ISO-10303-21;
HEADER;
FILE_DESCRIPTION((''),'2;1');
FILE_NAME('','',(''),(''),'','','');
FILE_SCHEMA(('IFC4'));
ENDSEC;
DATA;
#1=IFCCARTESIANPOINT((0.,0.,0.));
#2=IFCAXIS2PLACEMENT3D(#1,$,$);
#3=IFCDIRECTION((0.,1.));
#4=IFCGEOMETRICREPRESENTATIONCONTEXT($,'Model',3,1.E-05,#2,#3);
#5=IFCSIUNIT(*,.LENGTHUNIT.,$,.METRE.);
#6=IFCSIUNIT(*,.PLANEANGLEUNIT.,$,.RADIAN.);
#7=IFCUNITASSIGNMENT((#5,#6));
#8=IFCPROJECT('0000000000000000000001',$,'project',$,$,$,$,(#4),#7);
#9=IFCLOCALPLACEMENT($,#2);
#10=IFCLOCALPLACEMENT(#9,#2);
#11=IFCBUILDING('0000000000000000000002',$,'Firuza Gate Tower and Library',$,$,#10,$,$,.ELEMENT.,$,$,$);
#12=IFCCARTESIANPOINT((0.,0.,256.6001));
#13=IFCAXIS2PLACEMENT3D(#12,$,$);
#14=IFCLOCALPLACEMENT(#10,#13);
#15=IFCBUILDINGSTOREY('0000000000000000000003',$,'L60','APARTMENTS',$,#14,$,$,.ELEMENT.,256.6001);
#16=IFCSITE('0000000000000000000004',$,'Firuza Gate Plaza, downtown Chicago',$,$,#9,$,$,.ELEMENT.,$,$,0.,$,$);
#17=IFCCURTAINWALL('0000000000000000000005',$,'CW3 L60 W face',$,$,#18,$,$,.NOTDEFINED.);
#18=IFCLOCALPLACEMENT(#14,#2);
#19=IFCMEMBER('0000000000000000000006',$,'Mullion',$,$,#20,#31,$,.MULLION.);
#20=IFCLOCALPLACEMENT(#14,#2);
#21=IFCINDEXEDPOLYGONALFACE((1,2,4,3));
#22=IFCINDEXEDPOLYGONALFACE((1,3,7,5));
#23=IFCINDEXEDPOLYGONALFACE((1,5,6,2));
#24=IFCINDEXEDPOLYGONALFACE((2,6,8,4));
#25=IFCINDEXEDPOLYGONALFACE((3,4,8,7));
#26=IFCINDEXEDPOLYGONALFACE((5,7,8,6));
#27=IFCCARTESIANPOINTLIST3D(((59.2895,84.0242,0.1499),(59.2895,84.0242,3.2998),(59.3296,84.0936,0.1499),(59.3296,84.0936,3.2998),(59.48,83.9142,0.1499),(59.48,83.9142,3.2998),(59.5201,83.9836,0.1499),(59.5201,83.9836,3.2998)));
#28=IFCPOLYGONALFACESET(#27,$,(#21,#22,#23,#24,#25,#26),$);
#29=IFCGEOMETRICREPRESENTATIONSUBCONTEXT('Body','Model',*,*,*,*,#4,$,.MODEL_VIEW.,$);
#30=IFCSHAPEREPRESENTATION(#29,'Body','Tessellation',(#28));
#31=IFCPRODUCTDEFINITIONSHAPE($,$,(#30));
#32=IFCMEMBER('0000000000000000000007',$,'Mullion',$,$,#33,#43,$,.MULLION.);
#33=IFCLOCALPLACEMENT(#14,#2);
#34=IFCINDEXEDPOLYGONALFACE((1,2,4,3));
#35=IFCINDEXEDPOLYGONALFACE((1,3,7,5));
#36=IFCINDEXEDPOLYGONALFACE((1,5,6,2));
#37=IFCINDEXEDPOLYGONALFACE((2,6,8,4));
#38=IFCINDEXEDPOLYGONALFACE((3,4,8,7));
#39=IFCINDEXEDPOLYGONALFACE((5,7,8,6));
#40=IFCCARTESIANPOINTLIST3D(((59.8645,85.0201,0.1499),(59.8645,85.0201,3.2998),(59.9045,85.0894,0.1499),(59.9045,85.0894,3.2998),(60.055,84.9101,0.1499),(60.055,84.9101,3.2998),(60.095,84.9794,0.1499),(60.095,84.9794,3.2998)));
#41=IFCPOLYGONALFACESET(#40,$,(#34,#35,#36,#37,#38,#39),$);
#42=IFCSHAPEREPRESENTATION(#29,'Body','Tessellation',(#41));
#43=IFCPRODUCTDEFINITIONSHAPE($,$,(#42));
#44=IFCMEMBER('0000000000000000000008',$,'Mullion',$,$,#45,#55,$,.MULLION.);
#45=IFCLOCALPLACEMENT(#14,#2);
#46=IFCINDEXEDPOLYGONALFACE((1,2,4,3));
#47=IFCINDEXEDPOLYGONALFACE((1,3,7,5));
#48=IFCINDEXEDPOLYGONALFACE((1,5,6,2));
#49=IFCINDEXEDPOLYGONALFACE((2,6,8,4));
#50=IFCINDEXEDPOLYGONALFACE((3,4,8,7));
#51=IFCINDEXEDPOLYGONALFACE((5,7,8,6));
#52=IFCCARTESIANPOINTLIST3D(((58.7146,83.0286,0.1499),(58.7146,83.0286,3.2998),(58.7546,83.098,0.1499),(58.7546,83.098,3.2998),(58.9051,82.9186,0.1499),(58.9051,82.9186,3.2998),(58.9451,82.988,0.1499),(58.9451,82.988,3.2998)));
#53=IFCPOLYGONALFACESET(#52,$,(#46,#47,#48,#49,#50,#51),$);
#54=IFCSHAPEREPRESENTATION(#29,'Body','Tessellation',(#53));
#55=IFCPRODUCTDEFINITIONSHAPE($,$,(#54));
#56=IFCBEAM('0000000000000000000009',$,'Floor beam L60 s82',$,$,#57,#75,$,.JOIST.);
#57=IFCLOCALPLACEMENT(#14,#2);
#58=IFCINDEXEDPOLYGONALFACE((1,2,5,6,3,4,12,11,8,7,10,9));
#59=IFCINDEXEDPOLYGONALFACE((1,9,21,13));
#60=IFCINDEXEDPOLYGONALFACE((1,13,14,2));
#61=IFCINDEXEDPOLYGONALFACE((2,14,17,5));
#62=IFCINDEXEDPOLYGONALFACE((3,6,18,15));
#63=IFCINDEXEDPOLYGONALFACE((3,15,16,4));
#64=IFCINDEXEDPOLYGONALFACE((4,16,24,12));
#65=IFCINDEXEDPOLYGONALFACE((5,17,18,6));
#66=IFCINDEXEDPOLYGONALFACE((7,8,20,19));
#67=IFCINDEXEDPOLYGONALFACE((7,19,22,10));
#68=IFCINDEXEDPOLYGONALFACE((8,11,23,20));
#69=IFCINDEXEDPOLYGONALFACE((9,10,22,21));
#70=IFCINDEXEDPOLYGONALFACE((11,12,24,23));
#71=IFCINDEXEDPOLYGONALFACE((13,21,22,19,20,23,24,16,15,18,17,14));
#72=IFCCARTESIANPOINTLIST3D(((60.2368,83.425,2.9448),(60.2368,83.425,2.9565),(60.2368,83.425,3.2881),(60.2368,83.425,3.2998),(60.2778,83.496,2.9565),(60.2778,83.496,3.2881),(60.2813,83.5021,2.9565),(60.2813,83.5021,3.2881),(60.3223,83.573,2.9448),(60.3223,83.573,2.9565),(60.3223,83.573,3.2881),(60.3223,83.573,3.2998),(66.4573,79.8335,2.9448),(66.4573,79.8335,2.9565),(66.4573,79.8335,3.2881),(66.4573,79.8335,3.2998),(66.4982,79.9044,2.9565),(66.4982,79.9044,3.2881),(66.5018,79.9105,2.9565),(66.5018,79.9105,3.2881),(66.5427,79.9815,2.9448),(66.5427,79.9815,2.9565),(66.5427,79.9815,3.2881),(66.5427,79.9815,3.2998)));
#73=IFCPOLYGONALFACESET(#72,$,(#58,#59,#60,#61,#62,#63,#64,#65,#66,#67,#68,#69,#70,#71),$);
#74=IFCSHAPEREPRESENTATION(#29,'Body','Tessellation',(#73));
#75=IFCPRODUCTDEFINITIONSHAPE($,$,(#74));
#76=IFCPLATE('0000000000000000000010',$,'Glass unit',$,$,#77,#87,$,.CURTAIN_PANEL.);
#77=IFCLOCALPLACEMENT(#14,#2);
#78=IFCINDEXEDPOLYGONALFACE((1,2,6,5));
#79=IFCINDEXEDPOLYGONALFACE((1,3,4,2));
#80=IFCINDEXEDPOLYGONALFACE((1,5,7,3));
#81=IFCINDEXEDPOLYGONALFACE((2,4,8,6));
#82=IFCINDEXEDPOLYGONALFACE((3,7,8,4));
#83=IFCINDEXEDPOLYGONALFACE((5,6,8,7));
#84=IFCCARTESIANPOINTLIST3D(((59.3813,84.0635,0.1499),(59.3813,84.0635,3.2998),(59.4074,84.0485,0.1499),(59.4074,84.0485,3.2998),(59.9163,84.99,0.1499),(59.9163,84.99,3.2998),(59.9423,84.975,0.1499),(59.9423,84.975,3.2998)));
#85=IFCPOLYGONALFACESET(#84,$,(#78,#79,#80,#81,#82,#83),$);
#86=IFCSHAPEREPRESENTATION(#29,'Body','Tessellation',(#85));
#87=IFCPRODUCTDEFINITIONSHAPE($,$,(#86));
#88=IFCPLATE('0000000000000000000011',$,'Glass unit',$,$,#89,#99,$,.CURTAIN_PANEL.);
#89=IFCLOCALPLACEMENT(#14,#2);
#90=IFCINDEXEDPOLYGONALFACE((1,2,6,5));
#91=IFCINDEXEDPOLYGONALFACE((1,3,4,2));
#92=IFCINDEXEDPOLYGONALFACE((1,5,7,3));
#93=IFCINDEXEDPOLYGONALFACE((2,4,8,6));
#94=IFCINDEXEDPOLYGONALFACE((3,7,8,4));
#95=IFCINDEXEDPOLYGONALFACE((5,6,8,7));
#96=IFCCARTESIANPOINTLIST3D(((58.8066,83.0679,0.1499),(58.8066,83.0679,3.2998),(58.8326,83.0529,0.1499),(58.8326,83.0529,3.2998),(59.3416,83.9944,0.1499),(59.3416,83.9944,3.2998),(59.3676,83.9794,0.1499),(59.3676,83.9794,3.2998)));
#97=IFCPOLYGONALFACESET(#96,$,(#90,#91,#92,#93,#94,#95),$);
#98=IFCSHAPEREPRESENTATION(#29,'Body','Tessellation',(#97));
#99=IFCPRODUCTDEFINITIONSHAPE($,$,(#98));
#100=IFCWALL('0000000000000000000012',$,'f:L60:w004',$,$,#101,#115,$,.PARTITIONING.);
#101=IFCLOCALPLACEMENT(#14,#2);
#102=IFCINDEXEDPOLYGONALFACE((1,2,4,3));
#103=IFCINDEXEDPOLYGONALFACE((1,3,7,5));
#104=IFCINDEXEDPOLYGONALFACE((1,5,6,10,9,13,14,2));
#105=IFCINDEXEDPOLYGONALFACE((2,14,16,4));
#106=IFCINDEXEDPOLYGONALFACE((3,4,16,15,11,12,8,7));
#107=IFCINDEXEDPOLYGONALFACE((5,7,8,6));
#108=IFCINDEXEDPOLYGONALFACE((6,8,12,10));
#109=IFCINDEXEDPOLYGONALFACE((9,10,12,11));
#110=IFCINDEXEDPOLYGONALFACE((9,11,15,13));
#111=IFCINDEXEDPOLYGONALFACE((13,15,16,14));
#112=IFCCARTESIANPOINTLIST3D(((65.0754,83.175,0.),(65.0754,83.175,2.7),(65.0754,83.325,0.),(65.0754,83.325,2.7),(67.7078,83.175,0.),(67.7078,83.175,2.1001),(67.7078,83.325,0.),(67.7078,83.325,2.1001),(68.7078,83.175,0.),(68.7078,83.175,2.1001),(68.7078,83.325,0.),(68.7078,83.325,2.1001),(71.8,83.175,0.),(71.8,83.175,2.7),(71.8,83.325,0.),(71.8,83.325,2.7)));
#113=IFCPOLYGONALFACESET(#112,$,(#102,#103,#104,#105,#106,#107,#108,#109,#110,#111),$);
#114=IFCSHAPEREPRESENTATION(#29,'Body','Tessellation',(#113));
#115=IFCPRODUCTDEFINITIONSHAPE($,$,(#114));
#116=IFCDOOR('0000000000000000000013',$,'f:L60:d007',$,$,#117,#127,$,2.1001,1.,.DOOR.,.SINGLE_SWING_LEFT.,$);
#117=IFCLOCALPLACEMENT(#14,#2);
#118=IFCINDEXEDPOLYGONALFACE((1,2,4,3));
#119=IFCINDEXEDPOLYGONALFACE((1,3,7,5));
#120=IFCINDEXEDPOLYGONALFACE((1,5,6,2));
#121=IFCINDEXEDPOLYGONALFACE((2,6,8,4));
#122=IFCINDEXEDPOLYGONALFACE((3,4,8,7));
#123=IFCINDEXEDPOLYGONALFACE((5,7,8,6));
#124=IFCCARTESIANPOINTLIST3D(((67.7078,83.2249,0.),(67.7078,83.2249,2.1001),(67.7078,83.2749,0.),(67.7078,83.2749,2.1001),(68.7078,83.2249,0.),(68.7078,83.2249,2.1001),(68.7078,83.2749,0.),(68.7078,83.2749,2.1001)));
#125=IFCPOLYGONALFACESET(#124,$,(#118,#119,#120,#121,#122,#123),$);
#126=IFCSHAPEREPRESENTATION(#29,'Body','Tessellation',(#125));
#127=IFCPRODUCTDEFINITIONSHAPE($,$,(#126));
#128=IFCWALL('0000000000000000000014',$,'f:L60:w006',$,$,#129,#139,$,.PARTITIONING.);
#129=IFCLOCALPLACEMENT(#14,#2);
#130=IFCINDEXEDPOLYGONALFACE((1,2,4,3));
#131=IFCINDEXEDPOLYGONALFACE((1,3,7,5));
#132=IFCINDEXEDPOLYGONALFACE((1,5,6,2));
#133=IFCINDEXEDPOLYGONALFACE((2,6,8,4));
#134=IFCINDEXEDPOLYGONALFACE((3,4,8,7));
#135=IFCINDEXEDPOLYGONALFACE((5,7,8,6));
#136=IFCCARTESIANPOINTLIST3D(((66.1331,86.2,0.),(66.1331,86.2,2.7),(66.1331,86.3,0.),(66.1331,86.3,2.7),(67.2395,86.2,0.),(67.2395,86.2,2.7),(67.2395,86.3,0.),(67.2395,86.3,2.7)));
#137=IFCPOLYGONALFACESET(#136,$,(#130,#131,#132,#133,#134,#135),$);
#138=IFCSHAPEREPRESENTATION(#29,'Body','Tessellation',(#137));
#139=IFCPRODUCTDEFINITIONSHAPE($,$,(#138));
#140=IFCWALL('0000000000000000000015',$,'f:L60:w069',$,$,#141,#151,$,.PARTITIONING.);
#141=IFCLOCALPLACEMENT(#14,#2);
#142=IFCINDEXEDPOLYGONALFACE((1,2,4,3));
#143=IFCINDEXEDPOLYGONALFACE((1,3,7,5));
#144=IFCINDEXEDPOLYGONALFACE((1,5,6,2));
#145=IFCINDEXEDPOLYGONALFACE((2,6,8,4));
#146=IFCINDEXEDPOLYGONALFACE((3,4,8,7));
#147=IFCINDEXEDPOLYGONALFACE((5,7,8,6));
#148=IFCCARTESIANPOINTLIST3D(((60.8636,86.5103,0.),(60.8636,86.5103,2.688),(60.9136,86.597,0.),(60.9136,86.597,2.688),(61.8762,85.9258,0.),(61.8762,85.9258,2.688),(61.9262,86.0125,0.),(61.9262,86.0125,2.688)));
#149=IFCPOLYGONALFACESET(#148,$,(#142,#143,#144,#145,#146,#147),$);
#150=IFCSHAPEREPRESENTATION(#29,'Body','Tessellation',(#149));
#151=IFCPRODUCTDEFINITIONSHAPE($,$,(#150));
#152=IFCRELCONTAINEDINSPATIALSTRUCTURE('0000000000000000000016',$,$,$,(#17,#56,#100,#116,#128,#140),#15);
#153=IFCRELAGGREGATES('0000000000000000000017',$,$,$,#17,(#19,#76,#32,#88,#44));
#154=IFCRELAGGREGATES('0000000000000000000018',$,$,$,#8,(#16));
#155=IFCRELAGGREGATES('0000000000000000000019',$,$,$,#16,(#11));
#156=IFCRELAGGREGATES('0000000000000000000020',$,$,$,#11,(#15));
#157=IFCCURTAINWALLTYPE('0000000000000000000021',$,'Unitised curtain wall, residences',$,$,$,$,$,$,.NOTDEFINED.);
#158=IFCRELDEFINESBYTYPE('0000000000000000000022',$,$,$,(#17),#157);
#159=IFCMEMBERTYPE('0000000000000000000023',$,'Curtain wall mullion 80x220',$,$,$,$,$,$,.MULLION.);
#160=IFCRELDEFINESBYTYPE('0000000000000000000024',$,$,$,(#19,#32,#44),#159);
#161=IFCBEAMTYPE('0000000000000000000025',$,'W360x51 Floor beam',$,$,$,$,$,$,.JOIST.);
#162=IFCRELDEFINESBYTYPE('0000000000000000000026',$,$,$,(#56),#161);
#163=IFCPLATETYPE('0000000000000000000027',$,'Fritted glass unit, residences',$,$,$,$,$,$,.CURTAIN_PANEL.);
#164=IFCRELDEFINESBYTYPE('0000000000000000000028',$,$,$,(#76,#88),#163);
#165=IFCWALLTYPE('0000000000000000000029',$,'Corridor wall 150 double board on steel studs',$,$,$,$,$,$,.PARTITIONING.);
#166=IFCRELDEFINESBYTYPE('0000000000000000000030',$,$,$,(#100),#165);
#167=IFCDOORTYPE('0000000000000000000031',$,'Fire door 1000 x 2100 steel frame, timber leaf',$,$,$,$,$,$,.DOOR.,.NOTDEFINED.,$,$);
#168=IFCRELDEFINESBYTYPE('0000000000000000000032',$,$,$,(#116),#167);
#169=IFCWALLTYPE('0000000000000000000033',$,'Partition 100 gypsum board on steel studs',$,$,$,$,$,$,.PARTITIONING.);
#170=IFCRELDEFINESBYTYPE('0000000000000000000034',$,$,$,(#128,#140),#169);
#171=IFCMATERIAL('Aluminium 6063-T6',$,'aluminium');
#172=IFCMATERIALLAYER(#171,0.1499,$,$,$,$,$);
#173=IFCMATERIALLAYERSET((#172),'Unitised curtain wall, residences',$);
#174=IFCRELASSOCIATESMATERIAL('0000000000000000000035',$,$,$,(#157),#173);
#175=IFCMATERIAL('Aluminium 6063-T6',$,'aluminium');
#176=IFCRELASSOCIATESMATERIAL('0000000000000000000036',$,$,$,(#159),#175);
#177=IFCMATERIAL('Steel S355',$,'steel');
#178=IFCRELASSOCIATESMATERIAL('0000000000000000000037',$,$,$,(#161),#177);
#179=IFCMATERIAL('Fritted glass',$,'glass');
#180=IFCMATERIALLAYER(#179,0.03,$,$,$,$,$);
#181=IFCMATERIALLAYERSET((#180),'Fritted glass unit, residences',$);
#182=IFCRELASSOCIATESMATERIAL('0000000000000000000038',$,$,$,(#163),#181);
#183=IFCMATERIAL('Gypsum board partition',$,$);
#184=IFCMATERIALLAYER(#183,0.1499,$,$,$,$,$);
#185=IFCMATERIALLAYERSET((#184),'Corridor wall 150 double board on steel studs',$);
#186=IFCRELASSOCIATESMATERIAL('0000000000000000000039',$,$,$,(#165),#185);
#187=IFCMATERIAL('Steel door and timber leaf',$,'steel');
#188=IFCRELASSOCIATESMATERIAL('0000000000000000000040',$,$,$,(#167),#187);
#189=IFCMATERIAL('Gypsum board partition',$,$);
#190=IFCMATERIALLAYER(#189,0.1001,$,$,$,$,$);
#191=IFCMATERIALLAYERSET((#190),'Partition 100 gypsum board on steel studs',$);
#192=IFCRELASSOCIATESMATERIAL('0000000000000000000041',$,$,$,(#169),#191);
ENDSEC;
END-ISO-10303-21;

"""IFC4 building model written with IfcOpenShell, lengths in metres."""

from ifc_helpers import new_model, si_unit, direction, frame, frame_2d, origin, origin_2d, place, context, subcontext, project, spatial, polyline, rectangle, i_section, outline, extrude, material, layer, layer_set, material_profile, profile_set, type_object, element, fill, aggregate, save


model = new_model("IFC4")

# Units and contexts
model_context = context("Model", 3, precision=1e-05, world=origin(), true_north=direction((0.0, 1.0)))
body_context = subcontext(model_context, "Body", "Model", "MODEL_VIEW")
ifc_project = project(units=[si_unit("LENGTHUNIT", "METRE"), si_unit("PLANEANGLEUNIT", "RADIAN")], contexts=[model_context])

# Site, building, storey
site_placement = place(None, origin())
site = spatial("IfcSite", under=ifc_project, at=site_placement, Name="Firuza Gate Plaza, downtown Chicago", CompositionType="ELEMENT", RefElevation=0.0)
building_placement = place(site_placement, origin())
building = spatial("IfcBuilding", under=site, at=building_placement, Name="Firuza Gate Tower and Library", CompositionType="ELEMENT")
storey_placement = place(building_placement, frame((0.0, 0.0, 256.6001)))
storey = spatial("IfcBuildingStorey", under=building, at=storey_placement, Name="L60", Description="APARTMENTS", CompositionType="ELEMENT", Elevation=256.6001)

# Curtain wall, members
ifc_material_1 = material(Name="Aluminium 6063-T6", Category="aluminium")
ifc_layer_1 = layer(ifc_material_1, 0.1499)
ifc_layer_set_1 = layer_set([ifc_layer_1], Name="Unitised curtain wall, residences")
curtain_wall_type = type_object("IfcCurtainWallType", Name="Unitised curtain wall, residences", PredefinedType="NOTDEFINED", material=ifc_layer_set_1)
curtain_wall_placement = place(storey_placement, origin())
curtain_wall = element("IfcCurtainWall", 1, at=curtain_wall_placement, inside=storey, type_object=curtain_wall_type, Name="CW3 L60 W face", PredefinedType="NOTDEFINED")
ifc_material_2 = material(Name="Aluminium 6063-T6", Category="aluminium")
ifc_material_profile_1 = material_profile(ifc_material_2, rectangle(XDim=0.22, YDim=0.0801, at=origin_2d()))
ifc_profile_set_1 = profile_set([ifc_material_profile_1], Name="Aluminium 6063-T6")
member_type = type_object("IfcMemberType", Name="Curtain wall mullion 80x220", PredefinedType="MULLION", material=ifc_profile_set_1)
member_1_placement = place(storey_placement, frame((59.4048, 84.0039, 0.1499), z_axis=(0.0, 0.0, 1.0), x_axis=(0.866025, -0.5, 0.0)))
member_1 = element("IfcMember", 2, at=member_1_placement, type_object=member_type, Name="Mullion", PredefinedType="MULLION", context=body_context, shape_type="SweptSolid", body=[
    extrude(rectangle(XDim=0.22, YDim=0.0801, at=origin_2d()), origin(), (0.0, 0.0, 1.0), 3.1499),
])
member_2_placement = place(storey_placement, frame((59.9797, 84.9998, 0.1499), z_axis=(0.0, 0.0, 1.0), x_axis=(0.866025, -0.5, 0.0)))
member_2 = element("IfcMember", 3, at=member_2_placement, type_object=member_type, Name="Mullion", PredefinedType="MULLION", context=body_context, shape_type="SweptSolid", body=[
    extrude(rectangle(XDim=0.22, YDim=0.0801, at=origin_2d()), origin(), (0.0, 0.0, 1.0), 3.1499),
])
member_3_placement = place(storey_placement, frame((58.8298, 83.0083, 0.1499), z_axis=(0.0, 0.0, 1.0), x_axis=(0.866025, -0.5, 0.0)))
member_3 = element("IfcMember", 4, at=member_3_placement, type_object=member_type, Name="Mullion", PredefinedType="MULLION", context=body_context, shape_type="SweptSolid", body=[
    extrude(rectangle(XDim=0.22, YDim=0.0801, at=origin_2d()), origin(), (0.0, 0.0, 1.0), 3.1499),
])

# Beam
ifc_material_3 = material(Name="Steel S355", Category="steel")
ifc_material_profile_2 = material_profile(ifc_material_3, i_section(OverallWidth=0.1709, OverallDepth=0.355, WebThickness=0.0071, FlangeThickness=0.0117, at=origin_2d()))
ifc_profile_set_2 = profile_set([ifc_material_profile_2], Name="Steel S355")
beam_type = type_object("IfcBeamType", Name="W360x51 Floor beam", PredefinedType="JOIST", material=ifc_profile_set_2)
beam_placement = place(storey_placement, frame((60.2795, 83.499, 3.1223), z_axis=(0.866015, -0.500018, 0.0), x_axis=(0.500018, 0.866015, 0.0)))
element("IfcBeam", 5, at=beam_placement, inside=storey, type_object=beam_type, Name="Floor beam L60 s82", PredefinedType="JOIST", context=body_context, shape_type="SweptSolid", body=[
    extrude(i_section(OverallWidth=0.1709, OverallDepth=0.355, WebThickness=0.0071, FlangeThickness=0.0117, at=origin_2d()), origin(), (0.0, 0.0, 1.0), 7.1829),
])

# Plates
ifc_material_4 = material(Name="Fritted glass", Category="glass")
ifc_layer_2 = layer(ifc_material_4, 0.03)
ifc_layer_set_2 = layer_set([ifc_layer_2], Name="Fritted glass unit, residences")
plate_type = type_object("IfcPlateType", Name="Fritted glass unit, residences", PredefinedType="CURTAIN_PANEL", material=ifc_layer_set_2)
plate_1_placement = place(storey_placement, frame((59.9163, 84.99, 0.1499), z_axis=(-0.86603, 0.499992, 0.0), x_axis=(-0.499992, -0.86603, 0.0)))
plate_1 = element("IfcPlate", 6, at=plate_1_placement, type_object=plate_type, Name="Glass unit", PredefinedType="CURTAIN_PANEL", context=body_context, shape_type="SweptSolid", body=[
    extrude(outline(polyline([(0.0, 0.0), (1.0698, 0.0), (1.0698, 3.1499), (0.0, 3.1499), (0.0, 0.0)])), origin(), (0.0, 0.0, -1.0), 0.03),
])
plate_2_placement = place(storey_placement, frame((59.3416, 83.9944, 0.1499), z_axis=(-0.86603, 0.499992, 0.0), x_axis=(-0.499992, -0.86603, 0.0)))
plate_2 = element("IfcPlate", 7, at=plate_2_placement, type_object=plate_type, Name="Glass unit", PredefinedType="CURTAIN_PANEL", context=body_context, shape_type="SweptSolid", body=[
    extrude(outline(polyline([(0.0, 0.0), (1.0698, 0.0), (1.0698, 3.1499), (0.0, 3.1499), (0.0, 0.0)])), origin(), (0.0, 0.0, -1.0), 0.03),
])
aggregate(curtain_wall, [member_1, plate_1, member_2, plate_2, member_3])

# Wall, opening, door
ifc_material_5 = material(Name="Gypsum board partition")
ifc_layer_3 = layer(ifc_material_5, 0.1499)
ifc_layer_set_3 = layer_set([ifc_layer_3], Name="Corridor wall 150 double board on steel studs")
wall_type_1 = type_object("IfcWallType", Name="Corridor wall 150 double board on steel studs", PredefinedType="PARTITIONING", material=ifc_layer_set_3)
wall_1_placement = place(storey_placement, frame((65.0754, 83.25, 0.0), z_axis=(0.0, 0.0, 1.0), x_axis=(1.0, 0.0, 0.0)))
wall_1 = element("IfcWall", 8, at=wall_1_placement, inside=storey, type_object=wall_type_1, Name="f:L60:w004", PredefinedType="PARTITIONING", context=body_context, shape_type="SweptSolid", body=[
    extrude(rectangle(XDim=6.7246, YDim=0.1499, at=frame_2d((3.3623, 0.0))), origin(), (0.0, 0.0, 1.0), 2.7),
])
opening_1_placement = place(wall_1_placement, frame((2.6323, 0.0, 0.0)))
opening_1 = element("IfcOpeningElement", 9, at=opening_1_placement, cuts=wall_1, PredefinedType="OPENING", context=body_context, shape_type="SweptSolid", body=[
    extrude(rectangle(XDim=1.0, YDim=2.1001, at=frame_2d((0.5, 1.05))), frame((0.0, 0.085, 0.0), z_axis=(0.0, -1.0, 0.0), x_axis=(1.0, 0.0, 0.0)), (0.0, 0.0, 1.0), 0.1699),
])
ifc_material_6 = material(Name="Steel door and timber leaf", Category="steel")
door_type_1 = type_object("IfcDoorType", Name="Fire door 1000 x 2100 steel frame, timber leaf", OperationType="NOTDEFINED", PredefinedType="DOOR", material=ifc_material_6)
door_1_placement = place(opening_1_placement, origin())
door_1 = element("IfcDoor", 10, at=door_1_placement, inside=storey, type_object=door_type_1, Name="f:L60:d007", OperationType="SINGLE_SWING_LEFT", OverallHeight=2.1001, OverallWidth=1.0, PredefinedType="DOOR", context=body_context, shape_type="SweptSolid", body=[
    extrude(rectangle(XDim=1.0, YDim=2.1001, at=frame_2d((0.5, 1.05))), frame((0.0, 0.0249, 0.0), z_axis=(0.0, -1.0, 0.0), x_axis=(1.0, 0.0, 0.0)), (0.0, 0.0, 1.0), 0.05),
])
fill(opening_1, door_1)

# Walls
ifc_material_7 = material(Name="Gypsum board partition")
ifc_layer_4 = layer(ifc_material_7, 0.1001)
ifc_layer_set_4 = layer_set([ifc_layer_4], Name="Partition 100 gypsum board on steel studs")
wall_type_2 = type_object("IfcWallType", Name="Partition 100 gypsum board on steel studs", PredefinedType="PARTITIONING", material=ifc_layer_set_4)
wall_2_placement = place(storey_placement, frame((66.1331, 86.25, 0.0), z_axis=(0.0, 0.0, 1.0), x_axis=(1.0, 0.0, 0.0)))
element("IfcWall", 11, at=wall_2_placement, inside=storey, type_object=wall_type_2, Name="f:L60:w006", PredefinedType="PARTITIONING", context=body_context, shape_type="SweptSolid", body=[
    extrude(rectangle(XDim=1.1064, YDim=0.1001, at=frame_2d((0.5532, 0.0))), origin(), (0.0, 0.0, 1.0), 2.7),
])
wall_3_placement = place(storey_placement, frame((61.9011, 85.9692, 0.0), z_axis=(0.0, 0.0, 1.0), x_axis=(-0.866102, 0.499867, 0.0)))
element("IfcWall", 12, at=wall_3_placement, inside=storey, type_object=wall_type_2, Name="f:L60:w069", PredefinedType="PARTITIONING", context=body_context, shape_type="SweptSolid", body=[
    extrude(rectangle(XDim=1.1692, YDim=0.1001, at=frame_2d((0.5845, 0.0))), origin(), (0.0, 0.0, 1.0), 2.688),
])

save(model, "model.ifc")
